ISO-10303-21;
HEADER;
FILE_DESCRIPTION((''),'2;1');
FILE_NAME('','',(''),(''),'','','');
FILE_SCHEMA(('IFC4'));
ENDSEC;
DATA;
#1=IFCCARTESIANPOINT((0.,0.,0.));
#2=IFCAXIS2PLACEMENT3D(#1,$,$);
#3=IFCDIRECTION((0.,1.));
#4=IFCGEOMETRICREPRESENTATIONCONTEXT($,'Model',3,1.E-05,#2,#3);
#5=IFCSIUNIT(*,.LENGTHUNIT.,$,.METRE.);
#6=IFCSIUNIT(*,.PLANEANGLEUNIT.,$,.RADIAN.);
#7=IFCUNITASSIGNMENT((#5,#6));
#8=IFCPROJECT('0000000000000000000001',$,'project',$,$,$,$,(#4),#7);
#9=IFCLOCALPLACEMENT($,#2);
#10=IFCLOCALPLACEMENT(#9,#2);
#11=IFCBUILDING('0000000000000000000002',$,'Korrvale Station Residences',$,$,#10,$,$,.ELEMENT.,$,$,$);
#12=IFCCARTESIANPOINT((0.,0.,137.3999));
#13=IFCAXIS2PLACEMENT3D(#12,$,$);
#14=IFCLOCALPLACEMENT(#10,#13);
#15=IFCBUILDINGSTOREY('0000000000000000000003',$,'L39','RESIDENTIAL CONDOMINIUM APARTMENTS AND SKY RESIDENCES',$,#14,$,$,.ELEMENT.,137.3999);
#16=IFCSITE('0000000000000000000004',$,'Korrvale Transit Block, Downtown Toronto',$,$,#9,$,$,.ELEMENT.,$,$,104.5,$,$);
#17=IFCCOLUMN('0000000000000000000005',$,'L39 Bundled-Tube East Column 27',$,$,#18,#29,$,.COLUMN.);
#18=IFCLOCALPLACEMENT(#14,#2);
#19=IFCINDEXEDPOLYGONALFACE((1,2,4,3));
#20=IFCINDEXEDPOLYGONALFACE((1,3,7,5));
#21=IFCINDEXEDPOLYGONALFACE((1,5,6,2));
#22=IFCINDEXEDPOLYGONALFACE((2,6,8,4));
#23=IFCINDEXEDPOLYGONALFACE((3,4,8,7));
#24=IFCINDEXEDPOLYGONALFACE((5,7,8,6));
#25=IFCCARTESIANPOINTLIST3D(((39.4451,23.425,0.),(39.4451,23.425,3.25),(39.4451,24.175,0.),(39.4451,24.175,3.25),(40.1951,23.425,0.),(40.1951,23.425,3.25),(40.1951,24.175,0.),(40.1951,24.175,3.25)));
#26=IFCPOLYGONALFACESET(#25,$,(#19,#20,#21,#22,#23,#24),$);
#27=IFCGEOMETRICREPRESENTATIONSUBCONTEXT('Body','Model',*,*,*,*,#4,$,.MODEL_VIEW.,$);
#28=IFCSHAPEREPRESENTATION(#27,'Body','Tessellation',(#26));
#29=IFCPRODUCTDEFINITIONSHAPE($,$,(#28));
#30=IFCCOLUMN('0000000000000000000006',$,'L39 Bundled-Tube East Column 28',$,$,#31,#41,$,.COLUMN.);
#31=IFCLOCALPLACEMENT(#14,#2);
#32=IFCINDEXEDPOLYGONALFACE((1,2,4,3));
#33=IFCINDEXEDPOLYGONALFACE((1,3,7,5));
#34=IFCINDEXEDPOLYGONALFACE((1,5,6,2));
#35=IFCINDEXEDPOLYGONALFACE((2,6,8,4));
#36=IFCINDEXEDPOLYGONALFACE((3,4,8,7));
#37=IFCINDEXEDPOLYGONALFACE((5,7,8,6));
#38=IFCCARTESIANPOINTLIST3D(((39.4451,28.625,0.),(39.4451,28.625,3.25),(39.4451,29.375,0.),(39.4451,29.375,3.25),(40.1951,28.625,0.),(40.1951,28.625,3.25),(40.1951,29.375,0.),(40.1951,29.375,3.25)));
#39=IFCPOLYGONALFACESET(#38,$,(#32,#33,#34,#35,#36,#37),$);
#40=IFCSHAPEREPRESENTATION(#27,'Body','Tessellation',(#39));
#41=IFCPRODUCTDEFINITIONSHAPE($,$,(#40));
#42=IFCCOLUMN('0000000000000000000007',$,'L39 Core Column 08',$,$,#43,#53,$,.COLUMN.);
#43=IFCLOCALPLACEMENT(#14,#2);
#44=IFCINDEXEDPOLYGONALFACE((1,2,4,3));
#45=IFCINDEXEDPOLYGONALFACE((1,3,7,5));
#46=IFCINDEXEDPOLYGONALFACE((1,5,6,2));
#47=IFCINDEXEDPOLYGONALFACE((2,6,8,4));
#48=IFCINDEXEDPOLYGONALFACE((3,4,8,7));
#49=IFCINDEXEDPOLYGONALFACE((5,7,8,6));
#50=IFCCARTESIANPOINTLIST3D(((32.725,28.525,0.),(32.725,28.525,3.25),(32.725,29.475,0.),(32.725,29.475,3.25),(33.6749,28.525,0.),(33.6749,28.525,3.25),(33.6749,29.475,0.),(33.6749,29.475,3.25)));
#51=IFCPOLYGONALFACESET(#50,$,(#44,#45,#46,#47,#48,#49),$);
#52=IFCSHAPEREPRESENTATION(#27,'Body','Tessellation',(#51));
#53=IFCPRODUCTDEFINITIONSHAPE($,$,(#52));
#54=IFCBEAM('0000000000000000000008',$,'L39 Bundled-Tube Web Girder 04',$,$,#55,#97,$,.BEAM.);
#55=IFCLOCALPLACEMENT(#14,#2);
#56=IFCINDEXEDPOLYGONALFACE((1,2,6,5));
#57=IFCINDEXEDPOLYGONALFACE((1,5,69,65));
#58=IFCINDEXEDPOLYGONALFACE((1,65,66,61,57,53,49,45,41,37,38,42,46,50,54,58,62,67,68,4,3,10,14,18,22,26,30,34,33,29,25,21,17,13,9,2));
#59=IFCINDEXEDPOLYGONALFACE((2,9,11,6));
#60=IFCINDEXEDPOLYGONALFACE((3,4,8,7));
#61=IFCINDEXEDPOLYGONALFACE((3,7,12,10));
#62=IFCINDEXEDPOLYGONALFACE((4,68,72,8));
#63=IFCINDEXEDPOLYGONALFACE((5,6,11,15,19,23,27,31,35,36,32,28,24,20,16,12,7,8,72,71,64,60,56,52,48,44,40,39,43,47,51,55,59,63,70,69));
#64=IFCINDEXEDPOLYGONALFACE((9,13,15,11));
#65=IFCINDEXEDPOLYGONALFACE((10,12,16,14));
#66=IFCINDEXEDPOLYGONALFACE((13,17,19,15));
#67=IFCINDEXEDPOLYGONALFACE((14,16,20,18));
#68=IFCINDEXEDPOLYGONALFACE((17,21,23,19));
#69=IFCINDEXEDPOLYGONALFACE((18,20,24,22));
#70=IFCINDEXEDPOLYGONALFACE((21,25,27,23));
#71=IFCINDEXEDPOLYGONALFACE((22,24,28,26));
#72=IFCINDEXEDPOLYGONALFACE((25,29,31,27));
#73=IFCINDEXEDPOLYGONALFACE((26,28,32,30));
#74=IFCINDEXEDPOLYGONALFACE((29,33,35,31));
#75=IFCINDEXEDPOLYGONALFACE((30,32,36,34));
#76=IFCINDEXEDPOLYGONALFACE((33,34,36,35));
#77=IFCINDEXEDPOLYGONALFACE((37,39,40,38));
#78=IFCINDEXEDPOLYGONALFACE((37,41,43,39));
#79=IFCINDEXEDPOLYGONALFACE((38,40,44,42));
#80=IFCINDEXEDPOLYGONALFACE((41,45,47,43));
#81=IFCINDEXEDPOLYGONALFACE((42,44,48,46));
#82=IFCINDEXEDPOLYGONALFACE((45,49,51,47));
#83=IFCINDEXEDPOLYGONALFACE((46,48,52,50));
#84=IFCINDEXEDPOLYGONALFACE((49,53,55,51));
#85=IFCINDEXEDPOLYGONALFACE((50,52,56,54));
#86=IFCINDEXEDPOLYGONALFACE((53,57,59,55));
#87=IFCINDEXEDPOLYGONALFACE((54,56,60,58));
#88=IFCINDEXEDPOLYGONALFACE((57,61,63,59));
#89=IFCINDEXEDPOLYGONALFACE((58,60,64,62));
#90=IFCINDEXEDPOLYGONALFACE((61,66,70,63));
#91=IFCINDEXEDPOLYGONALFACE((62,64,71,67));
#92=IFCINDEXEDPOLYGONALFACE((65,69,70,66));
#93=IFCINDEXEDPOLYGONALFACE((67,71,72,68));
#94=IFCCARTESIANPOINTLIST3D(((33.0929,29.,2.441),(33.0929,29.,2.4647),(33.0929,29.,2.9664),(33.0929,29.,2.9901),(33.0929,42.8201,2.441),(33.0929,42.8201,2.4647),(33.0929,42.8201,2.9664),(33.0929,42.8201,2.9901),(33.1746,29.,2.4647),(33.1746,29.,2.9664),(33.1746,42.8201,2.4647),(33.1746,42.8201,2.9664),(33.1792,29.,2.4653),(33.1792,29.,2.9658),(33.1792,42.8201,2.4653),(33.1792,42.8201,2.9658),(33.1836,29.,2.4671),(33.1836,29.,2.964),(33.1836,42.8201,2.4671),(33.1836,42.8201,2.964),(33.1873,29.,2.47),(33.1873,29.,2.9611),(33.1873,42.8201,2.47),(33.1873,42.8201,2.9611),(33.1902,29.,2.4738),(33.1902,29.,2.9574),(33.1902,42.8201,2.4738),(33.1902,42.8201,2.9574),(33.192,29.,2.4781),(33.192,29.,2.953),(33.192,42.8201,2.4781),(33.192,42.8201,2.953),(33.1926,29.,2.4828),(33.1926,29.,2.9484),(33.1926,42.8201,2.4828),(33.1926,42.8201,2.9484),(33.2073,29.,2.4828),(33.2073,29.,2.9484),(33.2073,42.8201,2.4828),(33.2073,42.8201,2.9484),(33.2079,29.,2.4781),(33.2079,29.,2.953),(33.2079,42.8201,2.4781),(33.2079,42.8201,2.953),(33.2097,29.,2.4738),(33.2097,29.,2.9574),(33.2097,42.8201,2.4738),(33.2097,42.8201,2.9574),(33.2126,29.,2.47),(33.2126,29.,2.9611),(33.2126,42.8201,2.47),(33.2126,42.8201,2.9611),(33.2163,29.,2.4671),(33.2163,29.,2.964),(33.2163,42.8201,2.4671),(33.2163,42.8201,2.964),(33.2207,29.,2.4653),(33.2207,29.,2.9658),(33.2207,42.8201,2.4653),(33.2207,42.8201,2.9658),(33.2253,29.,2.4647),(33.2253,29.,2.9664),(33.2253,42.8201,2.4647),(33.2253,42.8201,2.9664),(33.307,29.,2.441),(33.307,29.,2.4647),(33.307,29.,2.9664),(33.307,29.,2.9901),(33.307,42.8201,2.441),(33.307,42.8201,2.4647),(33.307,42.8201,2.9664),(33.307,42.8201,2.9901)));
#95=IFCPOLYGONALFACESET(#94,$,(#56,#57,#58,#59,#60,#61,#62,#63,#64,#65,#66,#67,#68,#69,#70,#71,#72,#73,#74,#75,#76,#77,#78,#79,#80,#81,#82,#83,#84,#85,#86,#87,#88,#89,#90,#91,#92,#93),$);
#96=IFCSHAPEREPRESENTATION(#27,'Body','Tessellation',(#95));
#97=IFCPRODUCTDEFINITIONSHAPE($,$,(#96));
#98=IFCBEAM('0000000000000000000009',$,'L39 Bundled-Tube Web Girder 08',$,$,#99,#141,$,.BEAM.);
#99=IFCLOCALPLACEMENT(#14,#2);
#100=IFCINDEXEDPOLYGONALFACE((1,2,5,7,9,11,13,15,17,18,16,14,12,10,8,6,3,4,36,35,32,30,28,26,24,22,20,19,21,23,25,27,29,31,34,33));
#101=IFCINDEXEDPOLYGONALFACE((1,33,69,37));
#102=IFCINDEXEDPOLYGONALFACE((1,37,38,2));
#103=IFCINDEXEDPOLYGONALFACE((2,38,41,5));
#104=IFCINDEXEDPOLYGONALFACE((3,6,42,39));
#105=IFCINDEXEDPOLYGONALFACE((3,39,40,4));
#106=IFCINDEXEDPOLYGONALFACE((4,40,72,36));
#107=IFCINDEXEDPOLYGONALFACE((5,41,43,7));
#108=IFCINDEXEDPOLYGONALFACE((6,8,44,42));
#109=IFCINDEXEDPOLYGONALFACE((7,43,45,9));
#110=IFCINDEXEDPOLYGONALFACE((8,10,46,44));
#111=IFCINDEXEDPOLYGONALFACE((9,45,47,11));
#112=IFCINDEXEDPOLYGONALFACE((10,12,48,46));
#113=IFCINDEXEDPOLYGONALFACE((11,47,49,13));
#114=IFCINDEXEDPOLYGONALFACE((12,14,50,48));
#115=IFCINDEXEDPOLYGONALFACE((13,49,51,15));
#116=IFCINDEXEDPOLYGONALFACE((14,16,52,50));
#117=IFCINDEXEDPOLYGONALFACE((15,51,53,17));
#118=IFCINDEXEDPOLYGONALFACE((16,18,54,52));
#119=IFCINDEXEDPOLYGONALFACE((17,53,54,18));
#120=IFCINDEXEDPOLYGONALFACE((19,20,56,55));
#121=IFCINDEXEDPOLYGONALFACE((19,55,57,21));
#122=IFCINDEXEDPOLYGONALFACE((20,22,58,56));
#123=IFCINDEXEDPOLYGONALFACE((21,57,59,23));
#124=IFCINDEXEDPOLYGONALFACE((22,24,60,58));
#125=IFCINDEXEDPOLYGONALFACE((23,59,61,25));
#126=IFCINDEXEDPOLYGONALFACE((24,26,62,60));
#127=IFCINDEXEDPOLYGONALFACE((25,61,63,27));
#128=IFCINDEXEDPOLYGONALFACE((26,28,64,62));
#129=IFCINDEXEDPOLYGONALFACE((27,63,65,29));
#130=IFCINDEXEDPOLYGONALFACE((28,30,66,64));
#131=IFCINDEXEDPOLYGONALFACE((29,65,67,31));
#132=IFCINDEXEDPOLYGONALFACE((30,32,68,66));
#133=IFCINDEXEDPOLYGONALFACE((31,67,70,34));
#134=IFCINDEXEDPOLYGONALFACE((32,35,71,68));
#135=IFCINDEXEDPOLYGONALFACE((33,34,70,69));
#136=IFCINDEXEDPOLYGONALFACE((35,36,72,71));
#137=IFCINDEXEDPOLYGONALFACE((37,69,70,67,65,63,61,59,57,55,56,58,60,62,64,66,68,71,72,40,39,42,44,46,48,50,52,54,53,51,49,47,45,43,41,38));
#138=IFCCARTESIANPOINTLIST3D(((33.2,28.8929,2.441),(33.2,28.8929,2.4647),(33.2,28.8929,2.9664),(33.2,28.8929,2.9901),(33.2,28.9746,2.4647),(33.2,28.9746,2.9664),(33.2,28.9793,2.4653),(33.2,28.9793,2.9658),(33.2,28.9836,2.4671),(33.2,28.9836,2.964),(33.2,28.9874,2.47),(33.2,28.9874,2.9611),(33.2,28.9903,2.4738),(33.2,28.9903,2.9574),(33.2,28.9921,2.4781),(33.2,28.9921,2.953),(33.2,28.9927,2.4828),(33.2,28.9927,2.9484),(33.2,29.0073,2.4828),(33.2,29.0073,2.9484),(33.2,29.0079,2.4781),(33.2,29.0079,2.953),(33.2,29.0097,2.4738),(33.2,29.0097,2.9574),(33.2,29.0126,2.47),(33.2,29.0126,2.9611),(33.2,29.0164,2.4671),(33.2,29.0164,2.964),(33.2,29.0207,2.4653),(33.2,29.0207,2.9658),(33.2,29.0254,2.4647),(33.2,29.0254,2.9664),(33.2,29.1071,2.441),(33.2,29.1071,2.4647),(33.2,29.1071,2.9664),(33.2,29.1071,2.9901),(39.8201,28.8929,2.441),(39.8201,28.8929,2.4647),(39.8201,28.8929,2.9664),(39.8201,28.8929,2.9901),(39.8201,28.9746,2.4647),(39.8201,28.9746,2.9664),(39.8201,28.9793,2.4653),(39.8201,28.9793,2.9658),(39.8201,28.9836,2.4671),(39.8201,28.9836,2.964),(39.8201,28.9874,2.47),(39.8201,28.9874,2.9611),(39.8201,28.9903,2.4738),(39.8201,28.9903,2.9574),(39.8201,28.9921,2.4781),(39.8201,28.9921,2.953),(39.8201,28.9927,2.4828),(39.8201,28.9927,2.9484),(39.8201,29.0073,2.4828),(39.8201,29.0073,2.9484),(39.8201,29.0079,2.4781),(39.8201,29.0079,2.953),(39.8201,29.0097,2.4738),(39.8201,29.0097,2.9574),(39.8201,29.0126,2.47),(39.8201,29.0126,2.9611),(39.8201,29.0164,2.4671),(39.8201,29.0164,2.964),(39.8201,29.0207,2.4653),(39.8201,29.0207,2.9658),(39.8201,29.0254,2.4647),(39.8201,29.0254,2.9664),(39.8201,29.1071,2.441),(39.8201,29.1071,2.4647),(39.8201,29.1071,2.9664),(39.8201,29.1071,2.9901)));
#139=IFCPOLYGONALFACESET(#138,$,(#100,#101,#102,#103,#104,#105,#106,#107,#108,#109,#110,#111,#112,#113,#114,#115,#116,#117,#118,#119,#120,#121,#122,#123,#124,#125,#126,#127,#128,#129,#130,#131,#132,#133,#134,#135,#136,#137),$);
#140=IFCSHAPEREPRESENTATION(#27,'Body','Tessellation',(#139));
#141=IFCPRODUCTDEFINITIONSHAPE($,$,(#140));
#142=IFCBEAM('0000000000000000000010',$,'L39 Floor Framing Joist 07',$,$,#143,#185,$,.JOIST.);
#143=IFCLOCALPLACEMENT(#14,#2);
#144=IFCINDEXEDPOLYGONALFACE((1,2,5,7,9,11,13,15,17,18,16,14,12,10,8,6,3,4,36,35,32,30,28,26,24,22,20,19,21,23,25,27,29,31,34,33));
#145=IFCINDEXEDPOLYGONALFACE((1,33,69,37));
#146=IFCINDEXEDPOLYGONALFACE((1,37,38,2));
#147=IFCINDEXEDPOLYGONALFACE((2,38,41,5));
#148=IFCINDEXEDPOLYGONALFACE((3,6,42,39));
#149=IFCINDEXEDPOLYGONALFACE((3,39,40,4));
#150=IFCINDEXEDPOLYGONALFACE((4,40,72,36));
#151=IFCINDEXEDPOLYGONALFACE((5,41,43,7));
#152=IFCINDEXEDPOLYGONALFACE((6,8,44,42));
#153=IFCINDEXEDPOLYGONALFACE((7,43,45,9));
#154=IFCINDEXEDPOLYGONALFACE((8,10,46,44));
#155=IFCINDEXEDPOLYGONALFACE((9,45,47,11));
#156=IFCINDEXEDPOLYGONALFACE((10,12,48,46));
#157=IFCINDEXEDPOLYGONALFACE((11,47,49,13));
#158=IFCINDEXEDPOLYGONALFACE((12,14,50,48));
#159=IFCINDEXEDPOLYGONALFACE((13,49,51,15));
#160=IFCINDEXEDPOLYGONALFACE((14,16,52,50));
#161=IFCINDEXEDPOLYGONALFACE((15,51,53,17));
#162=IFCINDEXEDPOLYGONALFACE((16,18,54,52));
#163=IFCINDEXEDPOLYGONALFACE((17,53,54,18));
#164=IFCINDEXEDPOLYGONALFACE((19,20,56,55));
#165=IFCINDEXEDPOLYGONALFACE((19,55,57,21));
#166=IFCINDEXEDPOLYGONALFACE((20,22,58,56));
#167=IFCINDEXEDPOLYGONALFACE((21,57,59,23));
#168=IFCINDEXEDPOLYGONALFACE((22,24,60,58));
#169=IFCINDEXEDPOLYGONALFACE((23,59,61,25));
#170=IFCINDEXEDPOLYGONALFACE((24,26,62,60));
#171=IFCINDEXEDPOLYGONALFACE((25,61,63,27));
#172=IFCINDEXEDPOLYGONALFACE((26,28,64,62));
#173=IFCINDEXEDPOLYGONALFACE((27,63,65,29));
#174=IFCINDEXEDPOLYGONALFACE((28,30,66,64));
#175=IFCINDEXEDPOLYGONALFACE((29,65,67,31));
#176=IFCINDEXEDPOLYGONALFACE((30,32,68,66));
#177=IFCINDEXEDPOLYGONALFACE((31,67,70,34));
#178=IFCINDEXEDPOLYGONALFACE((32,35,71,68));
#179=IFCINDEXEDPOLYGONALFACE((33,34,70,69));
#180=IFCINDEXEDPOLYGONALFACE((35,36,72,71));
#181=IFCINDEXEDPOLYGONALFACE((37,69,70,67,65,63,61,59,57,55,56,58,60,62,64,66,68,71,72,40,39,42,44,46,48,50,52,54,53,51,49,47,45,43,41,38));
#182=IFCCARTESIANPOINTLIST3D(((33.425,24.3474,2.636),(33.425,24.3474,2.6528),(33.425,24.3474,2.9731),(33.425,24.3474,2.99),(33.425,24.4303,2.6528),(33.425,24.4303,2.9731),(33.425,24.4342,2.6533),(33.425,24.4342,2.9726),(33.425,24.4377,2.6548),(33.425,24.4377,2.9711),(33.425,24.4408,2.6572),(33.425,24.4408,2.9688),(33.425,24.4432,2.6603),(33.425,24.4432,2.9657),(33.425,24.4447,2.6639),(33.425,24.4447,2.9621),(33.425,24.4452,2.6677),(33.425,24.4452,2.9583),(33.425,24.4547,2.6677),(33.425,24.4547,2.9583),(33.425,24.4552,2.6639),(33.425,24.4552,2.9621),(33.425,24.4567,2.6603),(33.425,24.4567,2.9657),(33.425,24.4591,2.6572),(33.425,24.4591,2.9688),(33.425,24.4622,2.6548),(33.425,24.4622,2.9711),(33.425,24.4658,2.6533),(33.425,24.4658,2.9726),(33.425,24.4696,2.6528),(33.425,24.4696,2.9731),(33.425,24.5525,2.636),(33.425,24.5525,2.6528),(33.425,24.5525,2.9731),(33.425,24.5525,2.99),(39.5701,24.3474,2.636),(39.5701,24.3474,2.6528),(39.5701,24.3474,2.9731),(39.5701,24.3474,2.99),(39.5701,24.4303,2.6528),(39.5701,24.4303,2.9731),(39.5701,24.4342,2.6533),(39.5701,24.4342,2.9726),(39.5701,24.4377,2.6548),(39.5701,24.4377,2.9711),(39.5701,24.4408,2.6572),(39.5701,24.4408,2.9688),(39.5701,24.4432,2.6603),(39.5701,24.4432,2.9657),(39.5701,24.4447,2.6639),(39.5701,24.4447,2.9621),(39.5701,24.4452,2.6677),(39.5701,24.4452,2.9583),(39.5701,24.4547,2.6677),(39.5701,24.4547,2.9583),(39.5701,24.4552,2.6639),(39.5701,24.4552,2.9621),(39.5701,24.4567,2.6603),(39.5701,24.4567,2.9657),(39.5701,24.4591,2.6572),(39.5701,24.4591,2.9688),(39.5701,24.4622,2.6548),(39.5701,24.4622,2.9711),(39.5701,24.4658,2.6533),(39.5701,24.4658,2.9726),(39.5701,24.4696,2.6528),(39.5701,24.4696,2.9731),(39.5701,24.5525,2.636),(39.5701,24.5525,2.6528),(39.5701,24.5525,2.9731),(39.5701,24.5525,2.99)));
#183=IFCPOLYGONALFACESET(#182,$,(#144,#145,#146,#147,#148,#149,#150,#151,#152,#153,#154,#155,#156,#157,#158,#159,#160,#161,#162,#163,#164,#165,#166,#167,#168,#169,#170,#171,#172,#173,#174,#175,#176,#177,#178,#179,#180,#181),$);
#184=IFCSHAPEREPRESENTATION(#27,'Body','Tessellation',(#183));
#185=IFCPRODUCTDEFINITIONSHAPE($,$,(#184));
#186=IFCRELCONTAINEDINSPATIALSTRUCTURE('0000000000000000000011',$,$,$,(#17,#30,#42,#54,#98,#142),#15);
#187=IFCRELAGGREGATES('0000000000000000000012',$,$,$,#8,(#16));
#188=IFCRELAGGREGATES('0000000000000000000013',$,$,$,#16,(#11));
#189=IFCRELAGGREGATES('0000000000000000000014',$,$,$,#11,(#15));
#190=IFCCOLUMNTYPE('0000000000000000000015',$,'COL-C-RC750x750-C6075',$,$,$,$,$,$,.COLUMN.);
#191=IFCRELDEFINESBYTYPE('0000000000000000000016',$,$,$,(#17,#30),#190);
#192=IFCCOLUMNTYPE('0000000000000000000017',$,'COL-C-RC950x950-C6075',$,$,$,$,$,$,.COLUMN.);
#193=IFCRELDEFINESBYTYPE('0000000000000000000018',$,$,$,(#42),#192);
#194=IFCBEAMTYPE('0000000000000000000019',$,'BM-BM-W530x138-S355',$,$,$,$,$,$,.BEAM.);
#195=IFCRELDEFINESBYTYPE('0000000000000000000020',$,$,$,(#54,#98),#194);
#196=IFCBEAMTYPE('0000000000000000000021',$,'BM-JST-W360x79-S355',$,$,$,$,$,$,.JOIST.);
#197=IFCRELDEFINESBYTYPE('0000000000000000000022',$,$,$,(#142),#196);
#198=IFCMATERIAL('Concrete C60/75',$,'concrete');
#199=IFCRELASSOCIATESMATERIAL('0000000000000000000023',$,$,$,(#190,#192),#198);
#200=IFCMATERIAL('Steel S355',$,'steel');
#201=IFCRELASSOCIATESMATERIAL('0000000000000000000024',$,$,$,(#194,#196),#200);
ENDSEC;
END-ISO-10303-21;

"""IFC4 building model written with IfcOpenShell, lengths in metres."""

from ifc_helpers import new_model, si_unit, direction, frame, origin, origin_2d, place, context, subcontext, project, spatial, rectangle, i_section, extrude, material, material_profile, profile_set, type_object, element, save


model = new_model("IFC4")

# Units and contexts
model_context = context("Model", 3, precision=1e-05, world=origin(), true_north=direction((0.0, 1.0)))
body_context = subcontext(model_context, "Body", "Model", "MODEL_VIEW")
ifc_project = project(units=[si_unit("LENGTHUNIT", "METRE"), si_unit("PLANEANGLEUNIT", "RADIAN")], contexts=[model_context])

# Site, building, storey
site_placement = place(None, origin())
site = spatial("IfcSite", under=ifc_project, at=site_placement, Name="Korrvale Transit Block, Downtown Toronto", CompositionType="ELEMENT", RefElevation=104.5)
building_placement = place(site_placement, origin())
building = spatial("IfcBuilding", under=site, at=building_placement, Name="Korrvale Station Residences", CompositionType="ELEMENT")
storey_placement = place(building_placement, frame((0.0, 0.0, 137.3999)))
storey = spatial("IfcBuildingStorey", under=building, at=storey_placement, Name="L39", Description="RESIDENTIAL CONDOMINIUM APARTMENTS AND SKY RESIDENCES", CompositionType="ELEMENT", Elevation=137.3999)

# Columns
ifc_material_1 = material(Name="Concrete C60/75", Category="concrete")
ifc_material_profile_1 = material_profile(ifc_material_1, rectangle(XDim=0.75, YDim=0.75, at=origin_2d()), Name="RC750x750")
ifc_profile_set_1 = profile_set([ifc_material_profile_1], Name="Concrete C60/75")
column_type_1 = type_object("IfcColumnType", Name="COL-C-RC750x750-C6075", PredefinedType="COLUMN", material=ifc_profile_set_1)
for number, where, z_axis, x_axis, name in (
    (1, (39.8201, 23.8, 0.0), (0.0, 0.0, 1.0), (1.0, 0.0, 0.0), "L39 Bundled-Tube East Column 27"),
    (2, (39.8201, 29.0, 0.0), (0.0, 0.0, 1.0), (1.0, 0.0, 0.0), "L39 Bundled-Tube East Column 28"),
):
    element("IfcColumn", number, at=place(storey_placement, frame(where, z_axis=z_axis, x_axis=x_axis)), inside=storey, type_object=column_type_1, Name=name, PredefinedType="COLUMN", context=body_context, shape_type="SweptSolid", body=[
        extrude(rectangle(XDim=0.75, YDim=0.75, at=origin_2d()), origin(), (0.0, 0.0, 1.0), 3.25),
    ])
ifc_material_profile_2 = material_profile(ifc_material_1, rectangle(XDim=0.95, YDim=0.95, at=origin_2d()), Name="RC950x950")
ifc_profile_set_2 = profile_set([ifc_material_profile_2], Name="Concrete C60/75")
column_type_2 = type_object("IfcColumnType", Name="COL-C-RC950x950-C6075", PredefinedType="COLUMN", material=ifc_profile_set_2)
column_placement = place(storey_placement, frame((33.2, 29.0, 0.0), z_axis=(0.0, 0.0, 1.0), x_axis=(1.0, 0.0, 0.0)))
element("IfcColumn", 3, at=column_placement, inside=storey, type_object=column_type_2, Name="L39 Core Column 08", PredefinedType="COLUMN", context=body_context, shape_type="SweptSolid", body=[
    extrude(rectangle(XDim=0.95, YDim=0.95, at=origin_2d()), origin(), (0.0, 0.0, 1.0), 3.25),
])

# Beams
ifc_material_2 = material(Name="Steel S355", Category="steel")
ifc_material_profile_3 = material_profile(ifc_material_2, i_section(OverallWidth=0.2141, OverallDepth=0.5491, WebThickness=0.0146, FlangeThickness=0.0237, FilletRadius=0.0181, at=origin_2d()), Name="W530x138")
ifc_profile_set_3 = profile_set([ifc_material_profile_3], Name="Steel S355")
beam_type_1 = type_object("IfcBeamType", Name="BM-BM-W530x138-S355", PredefinedType="BEAM", material=ifc_profile_set_3)
beam_1_placement = place(storey_placement, frame((33.2, 29.0, 2.7156), z_axis=(0.0, 1.0, 0.0), x_axis=(-1.0, 0.0, 0.0)))
element("IfcBeam", 4, at=beam_1_placement, inside=storey, type_object=beam_type_1, Name="L39 Bundled-Tube Web Girder 04", PredefinedType="BEAM", context=body_context, shape_type="SweptSolid", body=[
    extrude(i_section(OverallWidth=0.2141, OverallDepth=0.5491, WebThickness=0.0146, FlangeThickness=0.0237, FilletRadius=0.0181, at=origin_2d()), origin(), (0.0, 0.0, 1.0), 13.8201),
])
beam_2_placement = place(storey_placement, frame((33.2, 29.0, 2.7156), z_axis=(1.0, 0.0, 0.0), x_axis=(0.0, 1.0, 0.0)))
element("IfcBeam", 5, at=beam_2_placement, inside=storey, type_object=beam_type_1, Name="L39 Bundled-Tube Web Girder 08", PredefinedType="BEAM", context=body_context, shape_type="SweptSolid", body=[
    extrude(i_section(OverallWidth=0.2141, OverallDepth=0.5491, WebThickness=0.0146, FlangeThickness=0.0237, FilletRadius=0.0181, at=origin_2d()), origin(), (0.0, 0.0, 1.0), 6.6201),
])
ifc_material_profile_4 = material_profile(ifc_material_2, i_section(OverallWidth=0.2051, OverallDepth=0.354, WebThickness=0.0095, FlangeThickness=0.0168, FilletRadius=0.0149, at=origin_2d()), Name="W360x79")
ifc_profile_set_4 = profile_set([ifc_material_profile_4], Name="Steel S355")
beam_type_2 = type_object("IfcBeamType", Name="BM-JST-W360x79-S355", PredefinedType="JOIST", material=ifc_profile_set_4)
beam_3_placement = place(storey_placement, frame((33.425, 24.45, 2.813), z_axis=(1.0, 0.0, 0.0), x_axis=(0.0, 1.0, 0.0)))
element("IfcBeam", 6, at=beam_3_placement, inside=storey, type_object=beam_type_2, Name="L39 Floor Framing Joist 07", PredefinedType="JOIST", context=body_context, shape_type="SweptSolid", body=[
    extrude(i_section(OverallWidth=0.2051, OverallDepth=0.354, WebThickness=0.0095, FlangeThickness=0.0168, FilletRadius=0.0149, at=origin_2d()), origin(), (0.0, 0.0, 1.0), 6.145),
])

save(model, "model.ifc")
